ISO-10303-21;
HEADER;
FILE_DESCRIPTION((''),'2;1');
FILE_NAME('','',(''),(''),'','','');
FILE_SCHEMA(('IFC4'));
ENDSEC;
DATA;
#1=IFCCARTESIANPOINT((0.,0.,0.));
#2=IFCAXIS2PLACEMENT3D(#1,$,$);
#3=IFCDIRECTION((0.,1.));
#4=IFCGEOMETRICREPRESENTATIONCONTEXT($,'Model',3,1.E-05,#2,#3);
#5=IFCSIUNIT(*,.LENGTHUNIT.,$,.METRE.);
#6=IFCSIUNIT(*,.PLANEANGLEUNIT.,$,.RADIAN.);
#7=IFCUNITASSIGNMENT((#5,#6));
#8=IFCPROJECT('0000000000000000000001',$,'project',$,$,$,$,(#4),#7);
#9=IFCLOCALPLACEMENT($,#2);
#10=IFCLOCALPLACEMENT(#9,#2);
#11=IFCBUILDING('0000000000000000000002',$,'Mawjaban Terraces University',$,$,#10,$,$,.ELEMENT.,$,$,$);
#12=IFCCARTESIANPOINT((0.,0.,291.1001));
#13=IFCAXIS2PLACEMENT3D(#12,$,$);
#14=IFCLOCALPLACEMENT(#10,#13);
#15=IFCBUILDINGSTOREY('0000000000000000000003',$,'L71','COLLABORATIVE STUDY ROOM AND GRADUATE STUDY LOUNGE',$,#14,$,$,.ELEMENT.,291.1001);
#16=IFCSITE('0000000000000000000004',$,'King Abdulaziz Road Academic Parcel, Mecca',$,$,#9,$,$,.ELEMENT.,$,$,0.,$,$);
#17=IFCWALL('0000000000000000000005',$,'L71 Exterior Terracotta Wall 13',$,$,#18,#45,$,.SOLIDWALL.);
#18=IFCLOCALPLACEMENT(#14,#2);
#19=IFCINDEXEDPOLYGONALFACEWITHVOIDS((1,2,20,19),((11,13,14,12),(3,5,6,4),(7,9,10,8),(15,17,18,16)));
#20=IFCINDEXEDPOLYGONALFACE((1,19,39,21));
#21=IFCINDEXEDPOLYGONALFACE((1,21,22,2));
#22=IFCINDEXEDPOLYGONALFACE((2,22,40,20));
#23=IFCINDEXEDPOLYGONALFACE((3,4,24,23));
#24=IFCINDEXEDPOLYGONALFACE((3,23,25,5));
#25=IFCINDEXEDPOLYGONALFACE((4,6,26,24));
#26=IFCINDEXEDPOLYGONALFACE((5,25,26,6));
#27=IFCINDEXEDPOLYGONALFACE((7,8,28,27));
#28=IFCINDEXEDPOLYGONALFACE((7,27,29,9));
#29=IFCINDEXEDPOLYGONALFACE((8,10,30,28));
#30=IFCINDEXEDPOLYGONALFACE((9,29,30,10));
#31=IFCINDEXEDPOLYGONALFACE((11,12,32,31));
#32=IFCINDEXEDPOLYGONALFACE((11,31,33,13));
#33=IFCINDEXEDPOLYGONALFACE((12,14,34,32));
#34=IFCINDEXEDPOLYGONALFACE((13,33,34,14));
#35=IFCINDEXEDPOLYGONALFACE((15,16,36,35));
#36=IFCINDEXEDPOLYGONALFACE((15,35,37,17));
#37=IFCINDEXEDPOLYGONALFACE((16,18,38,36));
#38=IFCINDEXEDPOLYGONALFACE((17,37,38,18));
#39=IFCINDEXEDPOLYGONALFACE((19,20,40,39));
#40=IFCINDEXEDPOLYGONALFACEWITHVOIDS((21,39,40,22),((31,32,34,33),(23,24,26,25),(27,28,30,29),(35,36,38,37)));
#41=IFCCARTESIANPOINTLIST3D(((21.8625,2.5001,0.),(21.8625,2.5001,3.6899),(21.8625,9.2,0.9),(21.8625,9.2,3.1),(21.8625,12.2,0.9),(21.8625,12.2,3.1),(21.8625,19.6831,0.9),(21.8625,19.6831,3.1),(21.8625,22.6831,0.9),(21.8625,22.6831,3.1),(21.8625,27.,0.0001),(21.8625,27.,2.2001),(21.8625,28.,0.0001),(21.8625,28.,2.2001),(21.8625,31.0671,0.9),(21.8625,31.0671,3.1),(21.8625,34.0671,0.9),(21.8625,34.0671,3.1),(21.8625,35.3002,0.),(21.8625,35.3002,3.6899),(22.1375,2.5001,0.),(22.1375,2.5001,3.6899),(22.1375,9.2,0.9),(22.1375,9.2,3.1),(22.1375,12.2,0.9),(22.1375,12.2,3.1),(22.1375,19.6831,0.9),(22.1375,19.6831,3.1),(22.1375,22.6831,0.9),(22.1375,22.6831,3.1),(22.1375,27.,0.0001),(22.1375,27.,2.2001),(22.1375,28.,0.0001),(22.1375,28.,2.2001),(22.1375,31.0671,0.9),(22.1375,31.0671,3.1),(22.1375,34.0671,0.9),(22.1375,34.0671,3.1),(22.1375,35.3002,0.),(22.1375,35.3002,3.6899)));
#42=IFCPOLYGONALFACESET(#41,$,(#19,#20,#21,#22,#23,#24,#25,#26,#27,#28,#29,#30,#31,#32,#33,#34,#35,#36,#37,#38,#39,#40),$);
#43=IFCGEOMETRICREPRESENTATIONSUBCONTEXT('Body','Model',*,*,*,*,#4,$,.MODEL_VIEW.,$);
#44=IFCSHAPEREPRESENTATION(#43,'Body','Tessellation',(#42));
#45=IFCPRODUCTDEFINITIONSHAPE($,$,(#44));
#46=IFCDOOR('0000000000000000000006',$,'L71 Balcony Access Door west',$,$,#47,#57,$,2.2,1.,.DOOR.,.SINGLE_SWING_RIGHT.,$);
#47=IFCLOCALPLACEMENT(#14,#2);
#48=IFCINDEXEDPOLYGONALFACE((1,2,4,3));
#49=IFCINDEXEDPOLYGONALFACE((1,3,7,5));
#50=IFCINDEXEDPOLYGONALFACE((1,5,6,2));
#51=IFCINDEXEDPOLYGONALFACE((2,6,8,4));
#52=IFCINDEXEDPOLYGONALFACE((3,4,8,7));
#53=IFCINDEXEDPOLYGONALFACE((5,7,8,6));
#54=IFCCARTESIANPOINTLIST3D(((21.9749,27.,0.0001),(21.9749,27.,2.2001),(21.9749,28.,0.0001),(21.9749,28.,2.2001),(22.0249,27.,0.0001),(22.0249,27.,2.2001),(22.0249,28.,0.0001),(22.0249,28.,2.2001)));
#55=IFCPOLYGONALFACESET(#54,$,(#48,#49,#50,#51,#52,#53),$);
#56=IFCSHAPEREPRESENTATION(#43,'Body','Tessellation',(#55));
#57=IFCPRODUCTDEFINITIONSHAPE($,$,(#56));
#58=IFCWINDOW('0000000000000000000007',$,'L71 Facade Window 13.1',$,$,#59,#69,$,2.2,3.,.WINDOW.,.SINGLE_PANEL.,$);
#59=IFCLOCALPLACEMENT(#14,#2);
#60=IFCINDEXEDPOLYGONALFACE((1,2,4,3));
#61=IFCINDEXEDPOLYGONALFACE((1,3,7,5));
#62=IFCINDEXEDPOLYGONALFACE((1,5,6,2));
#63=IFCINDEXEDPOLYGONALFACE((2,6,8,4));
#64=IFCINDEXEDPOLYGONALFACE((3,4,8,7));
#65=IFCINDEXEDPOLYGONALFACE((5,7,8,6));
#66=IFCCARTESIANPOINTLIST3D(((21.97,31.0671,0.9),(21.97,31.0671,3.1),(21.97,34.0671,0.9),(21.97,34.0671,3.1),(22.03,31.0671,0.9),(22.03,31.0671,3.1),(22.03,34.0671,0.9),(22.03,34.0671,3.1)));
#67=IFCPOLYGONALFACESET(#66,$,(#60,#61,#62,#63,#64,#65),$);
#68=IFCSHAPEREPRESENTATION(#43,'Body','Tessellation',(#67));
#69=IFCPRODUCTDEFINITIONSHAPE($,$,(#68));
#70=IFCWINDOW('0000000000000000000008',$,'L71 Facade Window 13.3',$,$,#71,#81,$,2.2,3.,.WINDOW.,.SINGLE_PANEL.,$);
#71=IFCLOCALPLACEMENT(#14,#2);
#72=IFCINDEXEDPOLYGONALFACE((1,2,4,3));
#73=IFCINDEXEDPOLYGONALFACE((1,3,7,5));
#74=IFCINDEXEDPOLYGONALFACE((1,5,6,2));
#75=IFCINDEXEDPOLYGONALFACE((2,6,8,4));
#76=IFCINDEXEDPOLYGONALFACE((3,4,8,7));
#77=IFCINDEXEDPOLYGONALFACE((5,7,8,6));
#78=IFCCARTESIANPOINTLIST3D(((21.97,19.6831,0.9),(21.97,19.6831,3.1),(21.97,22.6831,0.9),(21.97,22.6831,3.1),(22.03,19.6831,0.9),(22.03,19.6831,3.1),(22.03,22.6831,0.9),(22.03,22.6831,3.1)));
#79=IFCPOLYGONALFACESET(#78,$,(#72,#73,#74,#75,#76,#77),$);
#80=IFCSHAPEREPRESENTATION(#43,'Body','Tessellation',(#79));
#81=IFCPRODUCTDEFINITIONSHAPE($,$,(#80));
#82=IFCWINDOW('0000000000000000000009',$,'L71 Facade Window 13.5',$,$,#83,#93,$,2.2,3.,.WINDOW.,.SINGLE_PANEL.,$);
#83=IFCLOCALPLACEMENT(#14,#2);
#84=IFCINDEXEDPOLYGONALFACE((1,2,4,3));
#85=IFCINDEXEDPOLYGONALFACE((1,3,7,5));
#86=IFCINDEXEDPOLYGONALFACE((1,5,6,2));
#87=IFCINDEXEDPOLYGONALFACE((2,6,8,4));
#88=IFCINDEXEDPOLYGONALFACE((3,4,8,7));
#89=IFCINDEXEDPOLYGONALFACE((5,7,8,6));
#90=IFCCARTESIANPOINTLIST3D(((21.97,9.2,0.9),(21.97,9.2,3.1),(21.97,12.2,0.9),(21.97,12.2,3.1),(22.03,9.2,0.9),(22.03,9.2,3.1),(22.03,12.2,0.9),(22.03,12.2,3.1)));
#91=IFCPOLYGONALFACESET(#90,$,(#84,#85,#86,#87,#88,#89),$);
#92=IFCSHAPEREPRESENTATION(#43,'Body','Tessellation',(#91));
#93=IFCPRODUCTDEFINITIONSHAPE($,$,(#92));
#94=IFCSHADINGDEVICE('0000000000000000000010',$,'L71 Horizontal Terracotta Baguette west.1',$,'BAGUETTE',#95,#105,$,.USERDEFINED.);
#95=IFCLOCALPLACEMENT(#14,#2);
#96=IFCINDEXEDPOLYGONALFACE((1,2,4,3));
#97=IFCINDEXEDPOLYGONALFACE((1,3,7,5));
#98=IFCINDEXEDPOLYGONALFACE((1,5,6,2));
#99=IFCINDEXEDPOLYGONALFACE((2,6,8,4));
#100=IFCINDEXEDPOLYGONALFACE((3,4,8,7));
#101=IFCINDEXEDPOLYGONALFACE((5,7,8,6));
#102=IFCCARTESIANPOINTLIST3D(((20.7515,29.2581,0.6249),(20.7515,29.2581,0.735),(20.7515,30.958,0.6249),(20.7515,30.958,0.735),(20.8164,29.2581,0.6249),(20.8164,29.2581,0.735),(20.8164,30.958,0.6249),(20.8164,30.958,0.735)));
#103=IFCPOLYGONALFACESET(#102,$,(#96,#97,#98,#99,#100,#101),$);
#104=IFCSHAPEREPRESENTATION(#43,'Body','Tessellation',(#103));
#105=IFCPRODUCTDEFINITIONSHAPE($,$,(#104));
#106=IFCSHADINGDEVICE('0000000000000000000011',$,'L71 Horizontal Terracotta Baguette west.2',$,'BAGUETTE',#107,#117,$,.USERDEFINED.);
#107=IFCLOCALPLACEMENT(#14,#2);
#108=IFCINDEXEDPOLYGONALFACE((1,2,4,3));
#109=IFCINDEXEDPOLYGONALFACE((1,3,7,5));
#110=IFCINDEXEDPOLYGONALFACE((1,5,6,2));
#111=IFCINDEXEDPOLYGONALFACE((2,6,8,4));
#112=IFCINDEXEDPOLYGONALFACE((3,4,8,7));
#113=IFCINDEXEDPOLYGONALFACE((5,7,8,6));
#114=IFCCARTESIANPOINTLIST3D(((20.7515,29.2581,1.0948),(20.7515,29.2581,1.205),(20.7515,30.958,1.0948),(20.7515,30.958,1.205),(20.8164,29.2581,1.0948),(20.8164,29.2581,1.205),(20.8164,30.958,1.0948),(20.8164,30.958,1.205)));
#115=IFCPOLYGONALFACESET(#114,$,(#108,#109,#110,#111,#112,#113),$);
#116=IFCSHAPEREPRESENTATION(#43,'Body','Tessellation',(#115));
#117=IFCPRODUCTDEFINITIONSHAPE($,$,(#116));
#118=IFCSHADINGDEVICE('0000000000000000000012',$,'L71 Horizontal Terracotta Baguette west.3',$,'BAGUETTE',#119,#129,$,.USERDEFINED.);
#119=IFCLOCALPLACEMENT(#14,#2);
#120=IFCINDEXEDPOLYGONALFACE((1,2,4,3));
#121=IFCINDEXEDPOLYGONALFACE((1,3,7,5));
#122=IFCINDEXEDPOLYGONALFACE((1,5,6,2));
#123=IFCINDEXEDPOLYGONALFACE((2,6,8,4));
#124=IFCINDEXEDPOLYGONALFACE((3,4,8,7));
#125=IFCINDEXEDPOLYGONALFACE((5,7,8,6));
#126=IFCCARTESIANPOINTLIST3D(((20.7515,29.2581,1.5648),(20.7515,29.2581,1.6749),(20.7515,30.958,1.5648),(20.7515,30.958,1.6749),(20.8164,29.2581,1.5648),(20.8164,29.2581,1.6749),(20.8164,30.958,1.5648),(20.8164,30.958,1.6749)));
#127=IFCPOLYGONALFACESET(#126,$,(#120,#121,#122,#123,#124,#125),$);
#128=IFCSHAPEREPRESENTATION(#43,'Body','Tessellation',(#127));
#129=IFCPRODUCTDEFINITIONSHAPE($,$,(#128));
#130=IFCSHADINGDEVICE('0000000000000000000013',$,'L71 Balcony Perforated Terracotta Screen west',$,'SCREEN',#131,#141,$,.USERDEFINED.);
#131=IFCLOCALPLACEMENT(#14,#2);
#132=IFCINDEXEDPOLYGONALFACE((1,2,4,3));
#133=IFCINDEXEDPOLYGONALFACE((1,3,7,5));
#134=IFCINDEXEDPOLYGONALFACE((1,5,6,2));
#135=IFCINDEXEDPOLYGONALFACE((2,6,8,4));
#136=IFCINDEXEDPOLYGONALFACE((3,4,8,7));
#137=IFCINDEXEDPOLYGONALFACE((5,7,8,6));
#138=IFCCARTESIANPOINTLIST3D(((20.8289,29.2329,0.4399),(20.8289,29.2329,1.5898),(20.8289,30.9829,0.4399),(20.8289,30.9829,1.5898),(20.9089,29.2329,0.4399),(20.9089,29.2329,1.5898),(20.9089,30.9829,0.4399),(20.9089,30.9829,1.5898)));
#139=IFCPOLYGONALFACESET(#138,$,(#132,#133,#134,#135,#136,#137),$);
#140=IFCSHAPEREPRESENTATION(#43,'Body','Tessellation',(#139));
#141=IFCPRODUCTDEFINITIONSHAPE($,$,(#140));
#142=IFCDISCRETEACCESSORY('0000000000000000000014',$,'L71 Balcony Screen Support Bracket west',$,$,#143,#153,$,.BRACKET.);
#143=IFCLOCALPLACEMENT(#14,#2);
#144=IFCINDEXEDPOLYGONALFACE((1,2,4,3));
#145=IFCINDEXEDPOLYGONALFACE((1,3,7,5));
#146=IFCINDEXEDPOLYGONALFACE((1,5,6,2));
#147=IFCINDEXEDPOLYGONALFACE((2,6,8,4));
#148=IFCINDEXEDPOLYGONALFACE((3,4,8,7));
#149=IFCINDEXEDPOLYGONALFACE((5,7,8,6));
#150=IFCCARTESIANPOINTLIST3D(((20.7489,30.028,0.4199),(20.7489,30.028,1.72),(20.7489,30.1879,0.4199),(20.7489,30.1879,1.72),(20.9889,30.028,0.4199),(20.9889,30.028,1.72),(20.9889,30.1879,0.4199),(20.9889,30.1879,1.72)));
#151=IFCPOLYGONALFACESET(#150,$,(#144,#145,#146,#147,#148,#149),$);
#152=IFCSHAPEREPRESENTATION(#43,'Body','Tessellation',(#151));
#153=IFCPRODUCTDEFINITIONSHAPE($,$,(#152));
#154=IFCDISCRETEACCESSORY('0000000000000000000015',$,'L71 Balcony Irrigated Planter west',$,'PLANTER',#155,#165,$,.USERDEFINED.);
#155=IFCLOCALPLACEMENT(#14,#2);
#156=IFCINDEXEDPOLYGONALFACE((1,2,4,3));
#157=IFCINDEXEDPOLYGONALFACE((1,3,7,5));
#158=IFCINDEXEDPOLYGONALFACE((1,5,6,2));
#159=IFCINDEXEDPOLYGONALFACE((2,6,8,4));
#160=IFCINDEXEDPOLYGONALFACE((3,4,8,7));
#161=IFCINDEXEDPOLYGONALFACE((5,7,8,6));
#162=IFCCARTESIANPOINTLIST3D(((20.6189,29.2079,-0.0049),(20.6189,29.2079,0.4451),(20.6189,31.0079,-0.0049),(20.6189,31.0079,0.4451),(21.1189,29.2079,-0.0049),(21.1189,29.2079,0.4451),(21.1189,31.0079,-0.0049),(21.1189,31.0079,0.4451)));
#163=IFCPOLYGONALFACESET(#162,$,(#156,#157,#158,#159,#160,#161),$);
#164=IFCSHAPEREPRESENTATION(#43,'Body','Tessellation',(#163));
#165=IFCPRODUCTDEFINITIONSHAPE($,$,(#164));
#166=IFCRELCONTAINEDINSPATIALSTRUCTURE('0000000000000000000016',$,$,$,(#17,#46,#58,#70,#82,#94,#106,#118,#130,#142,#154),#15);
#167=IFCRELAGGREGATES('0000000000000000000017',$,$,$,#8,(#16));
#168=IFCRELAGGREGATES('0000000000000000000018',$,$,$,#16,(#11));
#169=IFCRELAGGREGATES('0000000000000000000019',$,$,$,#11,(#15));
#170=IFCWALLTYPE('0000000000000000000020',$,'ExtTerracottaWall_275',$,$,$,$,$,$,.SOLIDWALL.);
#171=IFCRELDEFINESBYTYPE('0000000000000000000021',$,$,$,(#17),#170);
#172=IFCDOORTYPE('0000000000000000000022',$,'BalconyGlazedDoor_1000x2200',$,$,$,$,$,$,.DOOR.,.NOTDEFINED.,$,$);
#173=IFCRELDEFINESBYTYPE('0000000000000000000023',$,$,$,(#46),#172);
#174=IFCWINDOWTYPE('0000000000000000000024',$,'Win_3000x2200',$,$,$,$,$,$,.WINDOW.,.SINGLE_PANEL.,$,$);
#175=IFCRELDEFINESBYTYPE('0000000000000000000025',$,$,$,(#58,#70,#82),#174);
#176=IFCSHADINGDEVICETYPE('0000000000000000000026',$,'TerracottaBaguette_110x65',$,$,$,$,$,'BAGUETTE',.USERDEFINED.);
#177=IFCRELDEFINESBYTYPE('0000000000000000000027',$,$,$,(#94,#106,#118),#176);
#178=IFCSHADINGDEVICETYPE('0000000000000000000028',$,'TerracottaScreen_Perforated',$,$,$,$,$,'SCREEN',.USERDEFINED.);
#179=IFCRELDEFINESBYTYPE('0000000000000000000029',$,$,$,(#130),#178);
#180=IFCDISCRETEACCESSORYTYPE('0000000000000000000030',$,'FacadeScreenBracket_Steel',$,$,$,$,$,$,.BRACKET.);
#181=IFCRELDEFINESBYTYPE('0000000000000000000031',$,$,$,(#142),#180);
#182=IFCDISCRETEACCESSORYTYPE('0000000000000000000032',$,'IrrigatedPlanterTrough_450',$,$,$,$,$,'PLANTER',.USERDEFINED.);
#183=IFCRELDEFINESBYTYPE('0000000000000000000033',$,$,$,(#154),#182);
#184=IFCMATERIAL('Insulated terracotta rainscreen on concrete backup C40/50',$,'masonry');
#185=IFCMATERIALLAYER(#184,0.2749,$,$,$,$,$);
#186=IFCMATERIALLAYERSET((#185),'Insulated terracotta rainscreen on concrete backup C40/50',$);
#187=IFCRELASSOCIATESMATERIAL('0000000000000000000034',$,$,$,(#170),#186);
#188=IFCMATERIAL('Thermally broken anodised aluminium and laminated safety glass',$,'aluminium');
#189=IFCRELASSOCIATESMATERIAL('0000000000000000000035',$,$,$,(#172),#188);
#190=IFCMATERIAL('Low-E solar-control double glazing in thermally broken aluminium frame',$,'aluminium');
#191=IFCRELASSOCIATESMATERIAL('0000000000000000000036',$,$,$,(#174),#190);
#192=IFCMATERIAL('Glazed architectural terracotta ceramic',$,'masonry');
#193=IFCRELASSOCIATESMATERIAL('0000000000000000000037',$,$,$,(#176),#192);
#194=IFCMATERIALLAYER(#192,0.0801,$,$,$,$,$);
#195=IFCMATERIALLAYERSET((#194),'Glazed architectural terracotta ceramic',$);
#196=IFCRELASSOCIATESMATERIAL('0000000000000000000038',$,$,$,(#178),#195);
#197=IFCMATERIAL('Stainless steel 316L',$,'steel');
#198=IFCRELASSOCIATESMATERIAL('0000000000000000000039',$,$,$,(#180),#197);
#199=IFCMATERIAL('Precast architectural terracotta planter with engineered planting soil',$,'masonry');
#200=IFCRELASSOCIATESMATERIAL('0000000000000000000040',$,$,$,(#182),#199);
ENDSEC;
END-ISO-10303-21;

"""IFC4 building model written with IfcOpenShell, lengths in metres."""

from ifc_helpers import new_model, si_unit, direction, frame, frame_2d, origin, origin_2d, place, context, subcontext, project, spatial, rectangle, extrude, material, layer, layer_set, material_profile, profile_set, type_object, element, fill, save


model = new_model("IFC4")

# Units and contexts
model_context = context("Model", 3, precision=1e-05, world=origin(), true_north=direction((0.0, 1.0)))
body_context = subcontext(model_context, "Body", "Model", "MODEL_VIEW")
ifc_project = project(units=[si_unit("LENGTHUNIT", "METRE"), si_unit("PLANEANGLEUNIT", "RADIAN")], contexts=[model_context])

# Site, building, storey
site_placement = place(None, origin())
site = spatial("IfcSite", under=ifc_project, at=site_placement, Name="King Abdulaziz Road Academic Parcel, Mecca", CompositionType="ELEMENT", RefElevation=0.0)
building_placement = place(site_placement, origin())
building = spatial("IfcBuilding", under=site, at=building_placement, Name="Mawjaban Terraces University", CompositionType="ELEMENT")
storey_placement = place(building_placement, frame((0.0, 0.0, 291.1001)))
storey = spatial("IfcBuildingStorey", under=building, at=storey_placement, Name="L71", Description="COLLABORATIVE STUDY ROOM AND GRADUATE STUDY LOUNGE", CompositionType="ELEMENT", Elevation=291.1001)

# Shared definitions
ifc_material_1 = material(Name="Insulated terracotta rainscreen on concrete backup C40/50", Category="masonry")
ifc_layer_1 = layer(ifc_material_1, 0.2749)
ifc_layer_set_1 = layer_set([ifc_layer_1], Name="Insulated terracotta rainscreen on concrete backup C40/50")
wall_type_1 = type_object("IfcWallType", Name="ExtTerracottaWall_275", PredefinedType="SOLIDWALL", material=ifc_layer_set_1)

# Wall, openings, door, windows
wall_1_placement = place(storey_placement, frame((22.0, 35.3, 0.0), z_axis=(0.0, 0.0, 1.0), x_axis=(0.0, -1.0, 0.0)))
wall_1 = element("IfcWall", 1, at=wall_1_placement, inside=storey, type_object=wall_type_1, Name="L71 Exterior Terracotta Wall 13", PredefinedType="SOLIDWALL", context=body_context, shape_type="SweptSolid", body=[
    extrude(rectangle(XDim=32.8, YDim=0.2749, at=frame_2d((16.3999, 0.0))), origin(), (0.0, 0.0, 1.0), 3.6899),
])
opening_1_placement = place(wall_1_placement, frame((7.3, 0.0, 0.0)))
opening_1 = element("IfcOpeningElement", 2, at=opening_1_placement, cuts=wall_1, PredefinedType="OPENING", context=body_context, shape_type="SweptSolid", body=[
    extrude(rectangle(XDim=1.0, YDim=2.2, at=frame_2d((0.5, 1.1001))), frame((0.0, 0.1475, 0.0), z_axis=(0.0, -1.0, 0.0), x_axis=(1.0, 0.0, 0.0)), (0.0, 0.0, 1.0), 0.2949),
])
opening_2_placement = place(wall_1_placement, frame((1.2329, 0.0, 0.8999)))
opening_2 = element("IfcOpeningElement", 3, at=opening_2_placement, cuts=wall_1, PredefinedType="OPENING", context=body_context, shape_type="SweptSolid", body=[
    extrude(rectangle(XDim=3.0, YDim=2.2, at=frame_2d((1.5, 1.1001))), frame((0.0, 0.1475, 0.0), z_axis=(0.0, -1.0, 0.0), x_axis=(1.0, 0.0, 0.0)), (0.0, 0.0, 1.0), 0.2949),
])
opening_3_placement = place(wall_1_placement, frame((12.6169, 0.0, 0.8999)))
opening_3 = element("IfcOpeningElement", 4, at=opening_3_placement, cuts=wall_1, PredefinedType="OPENING", context=body_context, shape_type="SweptSolid", body=[
    extrude(rectangle(XDim=3.0, YDim=2.2, at=frame_2d((1.5, 1.1001))), frame((0.0, 0.1475, 0.0), z_axis=(0.0, -1.0, 0.0), x_axis=(1.0, 0.0, 0.0)), (0.0, 0.0, 1.0), 0.2949),
])
opening_4_placement = place(wall_1_placement, frame((23.1001, 0.0, 0.8999)))
opening_4 = element("IfcOpeningElement", 5, at=opening_4_placement, cuts=wall_1, PredefinedType="OPENING", context=body_context, shape_type="SweptSolid", body=[
    extrude(rectangle(XDim=3.0, YDim=2.2, at=frame_2d((1.5, 1.1001))), frame((0.0, 0.1475, 0.0), z_axis=(0.0, -1.0, 0.0), x_axis=(1.0, 0.0, 0.0)), (0.0, 0.0, 1.0), 0.2949),
])
ifc_material_2 = material(Name="Thermally broken anodised aluminium and laminated safety glass", Category="aluminium")
door_type_1 = type_object("IfcDoorType", Name="BalconyGlazedDoor_1000x2200", OperationType="NOTDEFINED", PredefinedType="DOOR", material=ifc_material_2)
door_1_placement = place(opening_1_placement, origin())
door_1 = element("IfcDoor", 6, at=door_1_placement, inside=storey, type_object=door_type_1, Name="L71 Balcony Access Door west", OperationType="SINGLE_SWING_RIGHT", OverallHeight=2.2, OverallWidth=1.0, PredefinedType="DOOR", context=body_context, shape_type="SweptSolid", body=[
    extrude(rectangle(XDim=1.0, YDim=2.2, at=frame_2d((0.5, 1.1001))), frame((0.0, 0.0249, 0.0), z_axis=(0.0, -1.0, 0.0), x_axis=(1.0, 0.0, 0.0)), (0.0, 0.0, 1.0), 0.05),
])
fill(opening_1, door_1)
ifc_material_3 = material(Name="Low-E solar-control double glazing in thermally broken aluminium frame", Category="aluminium")
window_type = type_object("IfcWindowType", Name="Win_3000x2200", PartitioningType="SINGLE_PANEL", PredefinedType="WINDOW", material=ifc_material_3)
window_1_placement = place(opening_2_placement, origin())
window_1 = element("IfcWindow", 7, at=window_1_placement, inside=storey, type_object=window_type, Name="L71 Facade Window 13.1", OverallHeight=2.2, OverallWidth=3.0, PartitioningType="SINGLE_PANEL", PredefinedType="WINDOW", context=body_context, shape_type="SweptSolid", body=[
    extrude(rectangle(XDim=3.0, YDim=2.2, at=frame_2d((1.5, 1.1001))), frame((0.0, 0.03, 0.0), z_axis=(0.0, -1.0, 0.0), x_axis=(1.0, 0.0, 0.0)), (0.0, 0.0, 1.0), 0.0601),
])
fill(opening_2, window_1)
window_2_placement = place(opening_3_placement, origin())
window_2 = element("IfcWindow", 8, at=window_2_placement, inside=storey, type_object=window_type, Name="L71 Facade Window 13.3", OverallHeight=2.2, OverallWidth=3.0, PartitioningType="SINGLE_PANEL", PredefinedType="WINDOW", context=body_context, shape_type="SweptSolid", body=[
    extrude(rectangle(XDim=3.0, YDim=2.2, at=frame_2d((1.5, 1.1001))), frame((0.0, 0.03, 0.0), z_axis=(0.0, -1.0, 0.0), x_axis=(1.0, 0.0, 0.0)), (0.0, 0.0, 1.0), 0.0601),
])
fill(opening_3, window_2)
window_3_placement = place(opening_4_placement, origin())
window_3 = element("IfcWindow", 9, at=window_3_placement, inside=storey, type_object=window_type, Name="L71 Facade Window 13.5", OverallHeight=2.2, OverallWidth=3.0, PartitioningType="SINGLE_PANEL", PredefinedType="WINDOW", context=body_context, shape_type="SweptSolid", body=[
    extrude(rectangle(XDim=3.0, YDim=2.2, at=frame_2d((1.5, 1.1001))), frame((0.0, 0.03, 0.0), z_axis=(0.0, -1.0, 0.0), x_axis=(1.0, 0.0, 0.0)), (0.0, 0.0, 1.0), 0.0601),
])
fill(opening_4, window_3)

# Shading devices
ifc_material_4 = material(Name="Glazed architectural terracotta ceramic", Category="masonry")
ifc_material_profile_1 = material_profile(ifc_material_4, rectangle(XDim=0.0649, YDim=0.1101, at=origin_2d()), Name="TBAG110X65")
ifc_profile_set_1 = profile_set([ifc_material_profile_1], Name="Glazed architectural terracotta ceramic")
shading_device_type_1 = type_object("IfcShadingDeviceType", Name="TerracottaBaguette_110x65", ElementType="BAGUETTE", PredefinedType="USERDEFINED", material=ifc_profile_set_1)
for number, where, z_axis, x_axis, name in (
    (10, (20.7839, 29.2581, 0.6799), (0.0, 1.0, 0.0), (-1.0, 0.0, 0.0), "L71 Horizontal Terracotta Baguette west.1"),
    (11, (20.7839, 29.2581, 1.1499), (0.0, 1.0, 0.0), (-1.0, 0.0, 0.0), "L71 Horizontal Terracotta Baguette west.2"),
    (12, (20.7839, 29.2581, 1.6199), (0.0, 1.0, 0.0), (-1.0, 0.0, 0.0), "L71 Horizontal Terracotta Baguette west.3"),
):
    element("IfcShadingDevice", number, at=place(storey_placement, frame(where, z_axis=z_axis, x_axis=x_axis)), inside=storey, type_object=shading_device_type_1, Name=name, ObjectType="BAGUETTE", PredefinedType="USERDEFINED", context=body_context, shape_type="SweptSolid", body=[
        extrude(rectangle(XDim=0.0649, YDim=0.1101, at=origin_2d()), origin(), (0.0, 0.0, 1.0), 1.7),
    ])
ifc_layer_2 = layer(ifc_material_4, 0.0801)
ifc_layer_set_2 = layer_set([ifc_layer_2], Name="Glazed architectural terracotta ceramic")
shading_device_type_2 = type_object("IfcShadingDeviceType", Name="TerracottaScreen_Perforated", ElementType="SCREEN", PredefinedType="USERDEFINED", material=ifc_layer_set_2)
shading_device_placement = place(storey_placement, frame((20.8689, 30.1079, 0.4399), z_axis=(0.0, 0.0, 1.0), x_axis=(0.0, 1.0, 0.0)))
element("IfcShadingDevice", 13, at=shading_device_placement, inside=storey, type_object=shading_device_type_2, Name="L71 Balcony Perforated Terracotta Screen west", ObjectType="SCREEN", PredefinedType="USERDEFINED", context=body_context, shape_type="SweptSolid", body=[
    extrude(rectangle(XDim=1.75, YDim=0.0801, at=origin_2d()), origin(), (0.0, 0.0, 1.0), 1.1499),
])

# Discrete accessories
ifc_material_5 = material(Name="Stainless steel 316L", Category="steel")
discrete_accessory_type_1 = type_object("IfcDiscreteAccessoryType", Name="FacadeScreenBracket_Steel", PredefinedType="BRACKET", material=ifc_material_5)
discrete_accessory_1_placement = place(storey_placement, frame((20.8689, 30.1079, 0.4199), z_axis=(0.0, 0.0, 1.0), x_axis=(0.0, 1.0, 0.0)))
element("IfcDiscreteAccessory", 14, at=discrete_accessory_1_placement, inside=storey, type_object=discrete_accessory_type_1, Name="L71 Balcony Screen Support Bracket west", PredefinedType="BRACKET", context=body_context, shape_type="SweptSolid", body=[
    extrude(rectangle(XDim=0.1599, YDim=0.24, at=origin_2d()), origin(), (0.0, 0.0, 1.0), 1.3),
])
ifc_material_6 = material(Name="Precast architectural terracotta planter with engineered planting soil", Category="masonry")
discrete_accessory_type_2 = type_object("IfcDiscreteAccessoryType", Name="IrrigatedPlanterTrough_450", ElementType="PLANTER", PredefinedType="USERDEFINED", material=ifc_material_6)
discrete_accessory_2_placement = place(storey_placement, frame((20.8689, 30.1079, -0.0049), z_axis=(0.0, 0.0, 1.0), x_axis=(0.0, 1.0, 0.0)))
element("IfcDiscreteAccessory", 15, at=discrete_accessory_2_placement, inside=storey, type_object=discrete_accessory_type_2, Name="L71 Balcony Irrigated Planter west", ObjectType="PLANTER", PredefinedType="USERDEFINED", context=body_context, shape_type="SweptSolid", body=[
    extrude(rectangle(XDim=1.8, YDim=0.5, at=origin_2d()), origin(), (0.0, 0.0, 1.0), 0.45),
])

save(model, "model.ifc")
